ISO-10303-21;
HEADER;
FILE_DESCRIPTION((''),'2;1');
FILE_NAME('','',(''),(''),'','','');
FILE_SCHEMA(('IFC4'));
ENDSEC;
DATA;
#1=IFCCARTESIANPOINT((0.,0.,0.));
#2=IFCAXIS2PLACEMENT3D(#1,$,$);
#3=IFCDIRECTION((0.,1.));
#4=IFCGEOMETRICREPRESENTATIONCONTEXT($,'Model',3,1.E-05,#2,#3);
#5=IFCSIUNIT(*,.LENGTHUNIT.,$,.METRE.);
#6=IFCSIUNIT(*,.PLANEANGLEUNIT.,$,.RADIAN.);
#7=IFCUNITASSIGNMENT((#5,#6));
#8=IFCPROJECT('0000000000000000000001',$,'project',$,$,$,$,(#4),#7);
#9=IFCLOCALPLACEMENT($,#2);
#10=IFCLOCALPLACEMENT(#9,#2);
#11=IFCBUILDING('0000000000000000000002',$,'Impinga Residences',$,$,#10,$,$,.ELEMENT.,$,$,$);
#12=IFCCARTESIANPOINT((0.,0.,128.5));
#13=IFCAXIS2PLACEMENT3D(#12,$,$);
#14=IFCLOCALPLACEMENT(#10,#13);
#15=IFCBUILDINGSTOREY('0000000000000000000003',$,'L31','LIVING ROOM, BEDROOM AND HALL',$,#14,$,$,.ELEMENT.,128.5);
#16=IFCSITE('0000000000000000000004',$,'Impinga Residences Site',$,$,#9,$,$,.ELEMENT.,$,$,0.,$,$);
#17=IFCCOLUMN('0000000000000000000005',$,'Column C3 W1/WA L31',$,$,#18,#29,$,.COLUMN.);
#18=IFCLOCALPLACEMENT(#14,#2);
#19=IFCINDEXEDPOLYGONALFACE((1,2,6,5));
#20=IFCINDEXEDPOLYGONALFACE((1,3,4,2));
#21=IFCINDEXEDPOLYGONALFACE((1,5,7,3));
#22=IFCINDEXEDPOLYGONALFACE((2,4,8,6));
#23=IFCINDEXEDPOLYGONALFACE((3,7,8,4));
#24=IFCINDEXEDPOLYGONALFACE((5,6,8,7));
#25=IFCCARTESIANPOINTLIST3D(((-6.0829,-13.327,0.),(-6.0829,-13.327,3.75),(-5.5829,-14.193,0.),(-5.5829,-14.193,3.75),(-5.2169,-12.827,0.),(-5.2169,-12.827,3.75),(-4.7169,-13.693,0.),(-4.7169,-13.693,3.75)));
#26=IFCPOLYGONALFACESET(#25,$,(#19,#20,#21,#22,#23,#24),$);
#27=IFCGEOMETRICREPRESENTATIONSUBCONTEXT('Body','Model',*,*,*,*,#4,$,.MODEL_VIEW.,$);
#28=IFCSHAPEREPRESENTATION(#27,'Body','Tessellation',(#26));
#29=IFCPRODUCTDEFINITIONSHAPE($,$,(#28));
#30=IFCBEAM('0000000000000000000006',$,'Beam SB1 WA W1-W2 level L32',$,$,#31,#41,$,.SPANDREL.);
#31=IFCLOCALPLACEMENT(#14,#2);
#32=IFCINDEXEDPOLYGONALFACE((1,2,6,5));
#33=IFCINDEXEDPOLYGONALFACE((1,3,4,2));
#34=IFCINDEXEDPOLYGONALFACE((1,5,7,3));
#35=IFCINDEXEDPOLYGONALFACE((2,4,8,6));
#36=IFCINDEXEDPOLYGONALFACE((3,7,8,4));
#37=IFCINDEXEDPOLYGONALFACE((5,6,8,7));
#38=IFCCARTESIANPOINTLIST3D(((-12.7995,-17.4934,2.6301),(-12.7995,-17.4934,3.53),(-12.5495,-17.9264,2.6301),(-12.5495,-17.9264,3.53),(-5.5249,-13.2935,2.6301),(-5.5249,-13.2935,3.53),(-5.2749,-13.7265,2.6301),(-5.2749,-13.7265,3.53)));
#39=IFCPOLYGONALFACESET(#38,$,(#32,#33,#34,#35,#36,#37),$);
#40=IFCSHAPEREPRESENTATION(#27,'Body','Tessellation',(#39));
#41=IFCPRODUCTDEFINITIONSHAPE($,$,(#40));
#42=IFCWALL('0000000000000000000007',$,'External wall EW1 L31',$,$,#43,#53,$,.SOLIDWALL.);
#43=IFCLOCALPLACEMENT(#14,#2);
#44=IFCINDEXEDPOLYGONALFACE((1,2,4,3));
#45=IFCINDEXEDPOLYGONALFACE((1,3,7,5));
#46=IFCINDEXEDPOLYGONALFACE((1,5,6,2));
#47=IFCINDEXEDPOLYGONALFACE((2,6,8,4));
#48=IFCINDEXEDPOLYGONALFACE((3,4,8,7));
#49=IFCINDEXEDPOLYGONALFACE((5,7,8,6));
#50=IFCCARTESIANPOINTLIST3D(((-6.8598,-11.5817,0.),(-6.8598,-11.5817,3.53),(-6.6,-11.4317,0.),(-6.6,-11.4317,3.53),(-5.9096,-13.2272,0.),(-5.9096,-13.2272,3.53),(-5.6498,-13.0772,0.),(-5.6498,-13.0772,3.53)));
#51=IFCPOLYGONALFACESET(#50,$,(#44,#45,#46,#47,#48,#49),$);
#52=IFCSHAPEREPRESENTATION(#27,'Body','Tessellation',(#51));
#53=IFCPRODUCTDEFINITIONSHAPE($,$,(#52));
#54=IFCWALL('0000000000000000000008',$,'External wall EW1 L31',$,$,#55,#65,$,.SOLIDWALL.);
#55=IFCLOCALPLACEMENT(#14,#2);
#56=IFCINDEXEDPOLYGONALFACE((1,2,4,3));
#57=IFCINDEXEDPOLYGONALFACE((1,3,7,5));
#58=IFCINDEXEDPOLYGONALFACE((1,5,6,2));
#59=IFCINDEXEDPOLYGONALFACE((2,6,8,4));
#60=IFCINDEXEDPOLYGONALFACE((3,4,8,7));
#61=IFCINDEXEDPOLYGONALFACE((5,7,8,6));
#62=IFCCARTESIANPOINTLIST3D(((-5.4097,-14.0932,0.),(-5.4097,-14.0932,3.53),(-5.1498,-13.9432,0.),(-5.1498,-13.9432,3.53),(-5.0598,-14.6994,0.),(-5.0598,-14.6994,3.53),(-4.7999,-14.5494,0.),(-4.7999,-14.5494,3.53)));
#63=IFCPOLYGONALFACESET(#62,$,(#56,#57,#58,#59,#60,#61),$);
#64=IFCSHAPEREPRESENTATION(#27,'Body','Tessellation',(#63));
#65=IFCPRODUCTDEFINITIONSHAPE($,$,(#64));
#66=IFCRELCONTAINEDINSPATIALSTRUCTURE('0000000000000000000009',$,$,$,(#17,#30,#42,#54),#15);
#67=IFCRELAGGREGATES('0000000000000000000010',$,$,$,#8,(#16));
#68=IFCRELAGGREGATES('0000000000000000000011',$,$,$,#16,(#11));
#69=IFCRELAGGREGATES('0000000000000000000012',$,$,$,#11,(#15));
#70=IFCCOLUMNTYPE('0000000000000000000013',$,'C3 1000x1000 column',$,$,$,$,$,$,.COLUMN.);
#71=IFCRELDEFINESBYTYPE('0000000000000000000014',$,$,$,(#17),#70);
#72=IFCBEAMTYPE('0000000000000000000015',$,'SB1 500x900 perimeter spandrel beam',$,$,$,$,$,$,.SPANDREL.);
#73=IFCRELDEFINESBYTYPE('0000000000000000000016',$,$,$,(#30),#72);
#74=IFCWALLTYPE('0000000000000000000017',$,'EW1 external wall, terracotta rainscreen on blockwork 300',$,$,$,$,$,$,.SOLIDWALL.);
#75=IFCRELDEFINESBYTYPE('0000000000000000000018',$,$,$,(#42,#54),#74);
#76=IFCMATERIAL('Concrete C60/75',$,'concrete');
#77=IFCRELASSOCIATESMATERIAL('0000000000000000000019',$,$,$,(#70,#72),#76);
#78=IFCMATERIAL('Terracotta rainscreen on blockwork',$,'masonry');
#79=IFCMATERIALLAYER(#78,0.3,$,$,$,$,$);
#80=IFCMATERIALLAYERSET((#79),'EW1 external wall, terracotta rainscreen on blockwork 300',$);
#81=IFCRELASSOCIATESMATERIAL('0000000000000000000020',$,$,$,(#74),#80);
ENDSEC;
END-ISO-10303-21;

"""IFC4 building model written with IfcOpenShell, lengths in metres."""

from ifc_helpers import new_model, si_unit, direction, frame, frame_2d, origin, origin_2d, place, context, subcontext, project, spatial, rectangle, extrude, material, layer, layer_set, material_profile, profile_set, type_object, element, save


model = new_model("IFC4")

# Units and contexts
model_context = context("Model", 3, precision=1e-05, world=origin(), true_north=direction((0.0, 1.0)))
body_context = subcontext(model_context, "Body", "Model", "MODEL_VIEW")
ifc_project = project(units=[si_unit("LENGTHUNIT", "METRE"), si_unit("PLANEANGLEUNIT", "RADIAN")], contexts=[model_context])

# Site, building, storey
site_placement = place(None, origin())
site = spatial("IfcSite", under=ifc_project, at=site_placement, Name="Impinga Residences Site", CompositionType="ELEMENT", RefElevation=0.0)
building_placement = place(site_placement, origin())
building = spatial("IfcBuilding", under=site, at=building_placement, Name="Impinga Residences", CompositionType="ELEMENT")
storey_placement = place(building_placement, frame((0.0, 0.0, 128.5)))
storey = spatial("IfcBuildingStorey", under=building, at=storey_placement, Name="L31", Description="LIVING ROOM, BEDROOM AND HALL", CompositionType="ELEMENT", Elevation=128.5)

# Column
ifc_material_1 = material(Name="Concrete C60/75", Category="concrete")
ifc_material_profile_1 = material_profile(ifc_material_1, rectangle(XDim=1.0, YDim=1.0, at=origin_2d()), Name="RC 1000x1000")
ifc_profile_set_1 = profile_set([ifc_material_profile_1], Name="Concrete C60/75")
column_type = type_object("IfcColumnType", Name="C3 1000x1000 column", PredefinedType="COLUMN", material=ifc_profile_set_1)
column_placement = place(storey_placement, frame((-5.3999, -13.51, 0.0), z_axis=(0.0, 0.0, 1.0), x_axis=(-0.5, 0.866025, 0.0)))
element("IfcColumn", 1, at=column_placement, inside=storey, type_object=column_type, Name="Column C3 W1/WA L31", PredefinedType="COLUMN", context=body_context, shape_type="SweptSolid", body=[
    extrude(rectangle(XDim=1.0, YDim=1.0, at=origin_2d()), origin(), (0.0, 0.0, 1.0), 3.75),
])

# Beam
ifc_material_profile_2 = material_profile(ifc_material_1, rectangle(XDim=0.5, YDim=0.8999, at=origin_2d()), Name="RC 500x900")
ifc_profile_set_2 = profile_set([ifc_material_profile_2], Name="Concrete C60/75")
beam_type = type_object("IfcBeamType", Name="SB1 500x900 perimeter spandrel beam", PredefinedType="SPANDREL", material=ifc_profile_set_2)
beam_placement = place(storey_placement, frame((-5.3999, -13.51, 3.0801), z_axis=(-0.866029, -0.499993, 0.0), x_axis=(0.499993, -0.866029, 0.0)))
element("IfcBeam", 2, at=beam_placement, inside=storey, type_object=beam_type, Name="Beam SB1 WA W1-W2 level L32", PredefinedType="SPANDREL", context=body_context, shape_type="SweptSolid", body=[
    extrude(rectangle(XDim=0.5, YDim=0.8999, at=origin_2d()), origin(), (0.0, 0.0, 1.0), 8.3999),
])

# Walls
ifc_material_2 = material(Name="Terracotta rainscreen on blockwork", Category="masonry")
ifc_layer_1 = layer(ifc_material_2, 0.3)
ifc_layer_set_1 = layer_set([ifc_layer_1], Name="EW1 external wall, terracotta rainscreen on blockwork 300")
wall_type_1 = type_object("IfcWallType", Name="EW1 external wall, terracotta rainscreen on blockwork 300", PredefinedType="SOLIDWALL", material=ifc_layer_set_1)
wall_1_placement = place(storey_placement, frame((-6.73, -11.5066, 0.0), z_axis=(0.0, 0.0, 1.0), x_axis=(0.500064, -0.865989, 0.0)))
element("IfcWall", 3, at=wall_1_placement, inside=storey, type_object=wall_type_1, Name="External wall EW1 L31", PredefinedType="SOLIDWALL", context=body_context, shape_type="SweptSolid", body=[
    extrude(rectangle(XDim=1.9001, YDim=0.3, at=frame_2d((0.9502, 0.0))), origin(), (0.0, 0.0, 1.0), 3.53),
])
wall_2_placement = place(storey_placement, frame((-5.2798, -14.0181, 0.0), z_axis=(0.0, 0.0, 1.0), x_axis=(0.499853, -0.86611, 0.0)))
element("IfcWall", 4, at=wall_2_placement, inside=storey, type_object=wall_type_1, Name="External wall EW1 L31", PredefinedType="SOLIDWALL", context=body_context, shape_type="SweptSolid", body=[
    extrude(rectangle(XDim=0.7, YDim=0.3, at=frame_2d((0.3501, 0.0))), origin(), (0.0, 0.0, 1.0), 3.53),
])

save(model, "model.ifc")
